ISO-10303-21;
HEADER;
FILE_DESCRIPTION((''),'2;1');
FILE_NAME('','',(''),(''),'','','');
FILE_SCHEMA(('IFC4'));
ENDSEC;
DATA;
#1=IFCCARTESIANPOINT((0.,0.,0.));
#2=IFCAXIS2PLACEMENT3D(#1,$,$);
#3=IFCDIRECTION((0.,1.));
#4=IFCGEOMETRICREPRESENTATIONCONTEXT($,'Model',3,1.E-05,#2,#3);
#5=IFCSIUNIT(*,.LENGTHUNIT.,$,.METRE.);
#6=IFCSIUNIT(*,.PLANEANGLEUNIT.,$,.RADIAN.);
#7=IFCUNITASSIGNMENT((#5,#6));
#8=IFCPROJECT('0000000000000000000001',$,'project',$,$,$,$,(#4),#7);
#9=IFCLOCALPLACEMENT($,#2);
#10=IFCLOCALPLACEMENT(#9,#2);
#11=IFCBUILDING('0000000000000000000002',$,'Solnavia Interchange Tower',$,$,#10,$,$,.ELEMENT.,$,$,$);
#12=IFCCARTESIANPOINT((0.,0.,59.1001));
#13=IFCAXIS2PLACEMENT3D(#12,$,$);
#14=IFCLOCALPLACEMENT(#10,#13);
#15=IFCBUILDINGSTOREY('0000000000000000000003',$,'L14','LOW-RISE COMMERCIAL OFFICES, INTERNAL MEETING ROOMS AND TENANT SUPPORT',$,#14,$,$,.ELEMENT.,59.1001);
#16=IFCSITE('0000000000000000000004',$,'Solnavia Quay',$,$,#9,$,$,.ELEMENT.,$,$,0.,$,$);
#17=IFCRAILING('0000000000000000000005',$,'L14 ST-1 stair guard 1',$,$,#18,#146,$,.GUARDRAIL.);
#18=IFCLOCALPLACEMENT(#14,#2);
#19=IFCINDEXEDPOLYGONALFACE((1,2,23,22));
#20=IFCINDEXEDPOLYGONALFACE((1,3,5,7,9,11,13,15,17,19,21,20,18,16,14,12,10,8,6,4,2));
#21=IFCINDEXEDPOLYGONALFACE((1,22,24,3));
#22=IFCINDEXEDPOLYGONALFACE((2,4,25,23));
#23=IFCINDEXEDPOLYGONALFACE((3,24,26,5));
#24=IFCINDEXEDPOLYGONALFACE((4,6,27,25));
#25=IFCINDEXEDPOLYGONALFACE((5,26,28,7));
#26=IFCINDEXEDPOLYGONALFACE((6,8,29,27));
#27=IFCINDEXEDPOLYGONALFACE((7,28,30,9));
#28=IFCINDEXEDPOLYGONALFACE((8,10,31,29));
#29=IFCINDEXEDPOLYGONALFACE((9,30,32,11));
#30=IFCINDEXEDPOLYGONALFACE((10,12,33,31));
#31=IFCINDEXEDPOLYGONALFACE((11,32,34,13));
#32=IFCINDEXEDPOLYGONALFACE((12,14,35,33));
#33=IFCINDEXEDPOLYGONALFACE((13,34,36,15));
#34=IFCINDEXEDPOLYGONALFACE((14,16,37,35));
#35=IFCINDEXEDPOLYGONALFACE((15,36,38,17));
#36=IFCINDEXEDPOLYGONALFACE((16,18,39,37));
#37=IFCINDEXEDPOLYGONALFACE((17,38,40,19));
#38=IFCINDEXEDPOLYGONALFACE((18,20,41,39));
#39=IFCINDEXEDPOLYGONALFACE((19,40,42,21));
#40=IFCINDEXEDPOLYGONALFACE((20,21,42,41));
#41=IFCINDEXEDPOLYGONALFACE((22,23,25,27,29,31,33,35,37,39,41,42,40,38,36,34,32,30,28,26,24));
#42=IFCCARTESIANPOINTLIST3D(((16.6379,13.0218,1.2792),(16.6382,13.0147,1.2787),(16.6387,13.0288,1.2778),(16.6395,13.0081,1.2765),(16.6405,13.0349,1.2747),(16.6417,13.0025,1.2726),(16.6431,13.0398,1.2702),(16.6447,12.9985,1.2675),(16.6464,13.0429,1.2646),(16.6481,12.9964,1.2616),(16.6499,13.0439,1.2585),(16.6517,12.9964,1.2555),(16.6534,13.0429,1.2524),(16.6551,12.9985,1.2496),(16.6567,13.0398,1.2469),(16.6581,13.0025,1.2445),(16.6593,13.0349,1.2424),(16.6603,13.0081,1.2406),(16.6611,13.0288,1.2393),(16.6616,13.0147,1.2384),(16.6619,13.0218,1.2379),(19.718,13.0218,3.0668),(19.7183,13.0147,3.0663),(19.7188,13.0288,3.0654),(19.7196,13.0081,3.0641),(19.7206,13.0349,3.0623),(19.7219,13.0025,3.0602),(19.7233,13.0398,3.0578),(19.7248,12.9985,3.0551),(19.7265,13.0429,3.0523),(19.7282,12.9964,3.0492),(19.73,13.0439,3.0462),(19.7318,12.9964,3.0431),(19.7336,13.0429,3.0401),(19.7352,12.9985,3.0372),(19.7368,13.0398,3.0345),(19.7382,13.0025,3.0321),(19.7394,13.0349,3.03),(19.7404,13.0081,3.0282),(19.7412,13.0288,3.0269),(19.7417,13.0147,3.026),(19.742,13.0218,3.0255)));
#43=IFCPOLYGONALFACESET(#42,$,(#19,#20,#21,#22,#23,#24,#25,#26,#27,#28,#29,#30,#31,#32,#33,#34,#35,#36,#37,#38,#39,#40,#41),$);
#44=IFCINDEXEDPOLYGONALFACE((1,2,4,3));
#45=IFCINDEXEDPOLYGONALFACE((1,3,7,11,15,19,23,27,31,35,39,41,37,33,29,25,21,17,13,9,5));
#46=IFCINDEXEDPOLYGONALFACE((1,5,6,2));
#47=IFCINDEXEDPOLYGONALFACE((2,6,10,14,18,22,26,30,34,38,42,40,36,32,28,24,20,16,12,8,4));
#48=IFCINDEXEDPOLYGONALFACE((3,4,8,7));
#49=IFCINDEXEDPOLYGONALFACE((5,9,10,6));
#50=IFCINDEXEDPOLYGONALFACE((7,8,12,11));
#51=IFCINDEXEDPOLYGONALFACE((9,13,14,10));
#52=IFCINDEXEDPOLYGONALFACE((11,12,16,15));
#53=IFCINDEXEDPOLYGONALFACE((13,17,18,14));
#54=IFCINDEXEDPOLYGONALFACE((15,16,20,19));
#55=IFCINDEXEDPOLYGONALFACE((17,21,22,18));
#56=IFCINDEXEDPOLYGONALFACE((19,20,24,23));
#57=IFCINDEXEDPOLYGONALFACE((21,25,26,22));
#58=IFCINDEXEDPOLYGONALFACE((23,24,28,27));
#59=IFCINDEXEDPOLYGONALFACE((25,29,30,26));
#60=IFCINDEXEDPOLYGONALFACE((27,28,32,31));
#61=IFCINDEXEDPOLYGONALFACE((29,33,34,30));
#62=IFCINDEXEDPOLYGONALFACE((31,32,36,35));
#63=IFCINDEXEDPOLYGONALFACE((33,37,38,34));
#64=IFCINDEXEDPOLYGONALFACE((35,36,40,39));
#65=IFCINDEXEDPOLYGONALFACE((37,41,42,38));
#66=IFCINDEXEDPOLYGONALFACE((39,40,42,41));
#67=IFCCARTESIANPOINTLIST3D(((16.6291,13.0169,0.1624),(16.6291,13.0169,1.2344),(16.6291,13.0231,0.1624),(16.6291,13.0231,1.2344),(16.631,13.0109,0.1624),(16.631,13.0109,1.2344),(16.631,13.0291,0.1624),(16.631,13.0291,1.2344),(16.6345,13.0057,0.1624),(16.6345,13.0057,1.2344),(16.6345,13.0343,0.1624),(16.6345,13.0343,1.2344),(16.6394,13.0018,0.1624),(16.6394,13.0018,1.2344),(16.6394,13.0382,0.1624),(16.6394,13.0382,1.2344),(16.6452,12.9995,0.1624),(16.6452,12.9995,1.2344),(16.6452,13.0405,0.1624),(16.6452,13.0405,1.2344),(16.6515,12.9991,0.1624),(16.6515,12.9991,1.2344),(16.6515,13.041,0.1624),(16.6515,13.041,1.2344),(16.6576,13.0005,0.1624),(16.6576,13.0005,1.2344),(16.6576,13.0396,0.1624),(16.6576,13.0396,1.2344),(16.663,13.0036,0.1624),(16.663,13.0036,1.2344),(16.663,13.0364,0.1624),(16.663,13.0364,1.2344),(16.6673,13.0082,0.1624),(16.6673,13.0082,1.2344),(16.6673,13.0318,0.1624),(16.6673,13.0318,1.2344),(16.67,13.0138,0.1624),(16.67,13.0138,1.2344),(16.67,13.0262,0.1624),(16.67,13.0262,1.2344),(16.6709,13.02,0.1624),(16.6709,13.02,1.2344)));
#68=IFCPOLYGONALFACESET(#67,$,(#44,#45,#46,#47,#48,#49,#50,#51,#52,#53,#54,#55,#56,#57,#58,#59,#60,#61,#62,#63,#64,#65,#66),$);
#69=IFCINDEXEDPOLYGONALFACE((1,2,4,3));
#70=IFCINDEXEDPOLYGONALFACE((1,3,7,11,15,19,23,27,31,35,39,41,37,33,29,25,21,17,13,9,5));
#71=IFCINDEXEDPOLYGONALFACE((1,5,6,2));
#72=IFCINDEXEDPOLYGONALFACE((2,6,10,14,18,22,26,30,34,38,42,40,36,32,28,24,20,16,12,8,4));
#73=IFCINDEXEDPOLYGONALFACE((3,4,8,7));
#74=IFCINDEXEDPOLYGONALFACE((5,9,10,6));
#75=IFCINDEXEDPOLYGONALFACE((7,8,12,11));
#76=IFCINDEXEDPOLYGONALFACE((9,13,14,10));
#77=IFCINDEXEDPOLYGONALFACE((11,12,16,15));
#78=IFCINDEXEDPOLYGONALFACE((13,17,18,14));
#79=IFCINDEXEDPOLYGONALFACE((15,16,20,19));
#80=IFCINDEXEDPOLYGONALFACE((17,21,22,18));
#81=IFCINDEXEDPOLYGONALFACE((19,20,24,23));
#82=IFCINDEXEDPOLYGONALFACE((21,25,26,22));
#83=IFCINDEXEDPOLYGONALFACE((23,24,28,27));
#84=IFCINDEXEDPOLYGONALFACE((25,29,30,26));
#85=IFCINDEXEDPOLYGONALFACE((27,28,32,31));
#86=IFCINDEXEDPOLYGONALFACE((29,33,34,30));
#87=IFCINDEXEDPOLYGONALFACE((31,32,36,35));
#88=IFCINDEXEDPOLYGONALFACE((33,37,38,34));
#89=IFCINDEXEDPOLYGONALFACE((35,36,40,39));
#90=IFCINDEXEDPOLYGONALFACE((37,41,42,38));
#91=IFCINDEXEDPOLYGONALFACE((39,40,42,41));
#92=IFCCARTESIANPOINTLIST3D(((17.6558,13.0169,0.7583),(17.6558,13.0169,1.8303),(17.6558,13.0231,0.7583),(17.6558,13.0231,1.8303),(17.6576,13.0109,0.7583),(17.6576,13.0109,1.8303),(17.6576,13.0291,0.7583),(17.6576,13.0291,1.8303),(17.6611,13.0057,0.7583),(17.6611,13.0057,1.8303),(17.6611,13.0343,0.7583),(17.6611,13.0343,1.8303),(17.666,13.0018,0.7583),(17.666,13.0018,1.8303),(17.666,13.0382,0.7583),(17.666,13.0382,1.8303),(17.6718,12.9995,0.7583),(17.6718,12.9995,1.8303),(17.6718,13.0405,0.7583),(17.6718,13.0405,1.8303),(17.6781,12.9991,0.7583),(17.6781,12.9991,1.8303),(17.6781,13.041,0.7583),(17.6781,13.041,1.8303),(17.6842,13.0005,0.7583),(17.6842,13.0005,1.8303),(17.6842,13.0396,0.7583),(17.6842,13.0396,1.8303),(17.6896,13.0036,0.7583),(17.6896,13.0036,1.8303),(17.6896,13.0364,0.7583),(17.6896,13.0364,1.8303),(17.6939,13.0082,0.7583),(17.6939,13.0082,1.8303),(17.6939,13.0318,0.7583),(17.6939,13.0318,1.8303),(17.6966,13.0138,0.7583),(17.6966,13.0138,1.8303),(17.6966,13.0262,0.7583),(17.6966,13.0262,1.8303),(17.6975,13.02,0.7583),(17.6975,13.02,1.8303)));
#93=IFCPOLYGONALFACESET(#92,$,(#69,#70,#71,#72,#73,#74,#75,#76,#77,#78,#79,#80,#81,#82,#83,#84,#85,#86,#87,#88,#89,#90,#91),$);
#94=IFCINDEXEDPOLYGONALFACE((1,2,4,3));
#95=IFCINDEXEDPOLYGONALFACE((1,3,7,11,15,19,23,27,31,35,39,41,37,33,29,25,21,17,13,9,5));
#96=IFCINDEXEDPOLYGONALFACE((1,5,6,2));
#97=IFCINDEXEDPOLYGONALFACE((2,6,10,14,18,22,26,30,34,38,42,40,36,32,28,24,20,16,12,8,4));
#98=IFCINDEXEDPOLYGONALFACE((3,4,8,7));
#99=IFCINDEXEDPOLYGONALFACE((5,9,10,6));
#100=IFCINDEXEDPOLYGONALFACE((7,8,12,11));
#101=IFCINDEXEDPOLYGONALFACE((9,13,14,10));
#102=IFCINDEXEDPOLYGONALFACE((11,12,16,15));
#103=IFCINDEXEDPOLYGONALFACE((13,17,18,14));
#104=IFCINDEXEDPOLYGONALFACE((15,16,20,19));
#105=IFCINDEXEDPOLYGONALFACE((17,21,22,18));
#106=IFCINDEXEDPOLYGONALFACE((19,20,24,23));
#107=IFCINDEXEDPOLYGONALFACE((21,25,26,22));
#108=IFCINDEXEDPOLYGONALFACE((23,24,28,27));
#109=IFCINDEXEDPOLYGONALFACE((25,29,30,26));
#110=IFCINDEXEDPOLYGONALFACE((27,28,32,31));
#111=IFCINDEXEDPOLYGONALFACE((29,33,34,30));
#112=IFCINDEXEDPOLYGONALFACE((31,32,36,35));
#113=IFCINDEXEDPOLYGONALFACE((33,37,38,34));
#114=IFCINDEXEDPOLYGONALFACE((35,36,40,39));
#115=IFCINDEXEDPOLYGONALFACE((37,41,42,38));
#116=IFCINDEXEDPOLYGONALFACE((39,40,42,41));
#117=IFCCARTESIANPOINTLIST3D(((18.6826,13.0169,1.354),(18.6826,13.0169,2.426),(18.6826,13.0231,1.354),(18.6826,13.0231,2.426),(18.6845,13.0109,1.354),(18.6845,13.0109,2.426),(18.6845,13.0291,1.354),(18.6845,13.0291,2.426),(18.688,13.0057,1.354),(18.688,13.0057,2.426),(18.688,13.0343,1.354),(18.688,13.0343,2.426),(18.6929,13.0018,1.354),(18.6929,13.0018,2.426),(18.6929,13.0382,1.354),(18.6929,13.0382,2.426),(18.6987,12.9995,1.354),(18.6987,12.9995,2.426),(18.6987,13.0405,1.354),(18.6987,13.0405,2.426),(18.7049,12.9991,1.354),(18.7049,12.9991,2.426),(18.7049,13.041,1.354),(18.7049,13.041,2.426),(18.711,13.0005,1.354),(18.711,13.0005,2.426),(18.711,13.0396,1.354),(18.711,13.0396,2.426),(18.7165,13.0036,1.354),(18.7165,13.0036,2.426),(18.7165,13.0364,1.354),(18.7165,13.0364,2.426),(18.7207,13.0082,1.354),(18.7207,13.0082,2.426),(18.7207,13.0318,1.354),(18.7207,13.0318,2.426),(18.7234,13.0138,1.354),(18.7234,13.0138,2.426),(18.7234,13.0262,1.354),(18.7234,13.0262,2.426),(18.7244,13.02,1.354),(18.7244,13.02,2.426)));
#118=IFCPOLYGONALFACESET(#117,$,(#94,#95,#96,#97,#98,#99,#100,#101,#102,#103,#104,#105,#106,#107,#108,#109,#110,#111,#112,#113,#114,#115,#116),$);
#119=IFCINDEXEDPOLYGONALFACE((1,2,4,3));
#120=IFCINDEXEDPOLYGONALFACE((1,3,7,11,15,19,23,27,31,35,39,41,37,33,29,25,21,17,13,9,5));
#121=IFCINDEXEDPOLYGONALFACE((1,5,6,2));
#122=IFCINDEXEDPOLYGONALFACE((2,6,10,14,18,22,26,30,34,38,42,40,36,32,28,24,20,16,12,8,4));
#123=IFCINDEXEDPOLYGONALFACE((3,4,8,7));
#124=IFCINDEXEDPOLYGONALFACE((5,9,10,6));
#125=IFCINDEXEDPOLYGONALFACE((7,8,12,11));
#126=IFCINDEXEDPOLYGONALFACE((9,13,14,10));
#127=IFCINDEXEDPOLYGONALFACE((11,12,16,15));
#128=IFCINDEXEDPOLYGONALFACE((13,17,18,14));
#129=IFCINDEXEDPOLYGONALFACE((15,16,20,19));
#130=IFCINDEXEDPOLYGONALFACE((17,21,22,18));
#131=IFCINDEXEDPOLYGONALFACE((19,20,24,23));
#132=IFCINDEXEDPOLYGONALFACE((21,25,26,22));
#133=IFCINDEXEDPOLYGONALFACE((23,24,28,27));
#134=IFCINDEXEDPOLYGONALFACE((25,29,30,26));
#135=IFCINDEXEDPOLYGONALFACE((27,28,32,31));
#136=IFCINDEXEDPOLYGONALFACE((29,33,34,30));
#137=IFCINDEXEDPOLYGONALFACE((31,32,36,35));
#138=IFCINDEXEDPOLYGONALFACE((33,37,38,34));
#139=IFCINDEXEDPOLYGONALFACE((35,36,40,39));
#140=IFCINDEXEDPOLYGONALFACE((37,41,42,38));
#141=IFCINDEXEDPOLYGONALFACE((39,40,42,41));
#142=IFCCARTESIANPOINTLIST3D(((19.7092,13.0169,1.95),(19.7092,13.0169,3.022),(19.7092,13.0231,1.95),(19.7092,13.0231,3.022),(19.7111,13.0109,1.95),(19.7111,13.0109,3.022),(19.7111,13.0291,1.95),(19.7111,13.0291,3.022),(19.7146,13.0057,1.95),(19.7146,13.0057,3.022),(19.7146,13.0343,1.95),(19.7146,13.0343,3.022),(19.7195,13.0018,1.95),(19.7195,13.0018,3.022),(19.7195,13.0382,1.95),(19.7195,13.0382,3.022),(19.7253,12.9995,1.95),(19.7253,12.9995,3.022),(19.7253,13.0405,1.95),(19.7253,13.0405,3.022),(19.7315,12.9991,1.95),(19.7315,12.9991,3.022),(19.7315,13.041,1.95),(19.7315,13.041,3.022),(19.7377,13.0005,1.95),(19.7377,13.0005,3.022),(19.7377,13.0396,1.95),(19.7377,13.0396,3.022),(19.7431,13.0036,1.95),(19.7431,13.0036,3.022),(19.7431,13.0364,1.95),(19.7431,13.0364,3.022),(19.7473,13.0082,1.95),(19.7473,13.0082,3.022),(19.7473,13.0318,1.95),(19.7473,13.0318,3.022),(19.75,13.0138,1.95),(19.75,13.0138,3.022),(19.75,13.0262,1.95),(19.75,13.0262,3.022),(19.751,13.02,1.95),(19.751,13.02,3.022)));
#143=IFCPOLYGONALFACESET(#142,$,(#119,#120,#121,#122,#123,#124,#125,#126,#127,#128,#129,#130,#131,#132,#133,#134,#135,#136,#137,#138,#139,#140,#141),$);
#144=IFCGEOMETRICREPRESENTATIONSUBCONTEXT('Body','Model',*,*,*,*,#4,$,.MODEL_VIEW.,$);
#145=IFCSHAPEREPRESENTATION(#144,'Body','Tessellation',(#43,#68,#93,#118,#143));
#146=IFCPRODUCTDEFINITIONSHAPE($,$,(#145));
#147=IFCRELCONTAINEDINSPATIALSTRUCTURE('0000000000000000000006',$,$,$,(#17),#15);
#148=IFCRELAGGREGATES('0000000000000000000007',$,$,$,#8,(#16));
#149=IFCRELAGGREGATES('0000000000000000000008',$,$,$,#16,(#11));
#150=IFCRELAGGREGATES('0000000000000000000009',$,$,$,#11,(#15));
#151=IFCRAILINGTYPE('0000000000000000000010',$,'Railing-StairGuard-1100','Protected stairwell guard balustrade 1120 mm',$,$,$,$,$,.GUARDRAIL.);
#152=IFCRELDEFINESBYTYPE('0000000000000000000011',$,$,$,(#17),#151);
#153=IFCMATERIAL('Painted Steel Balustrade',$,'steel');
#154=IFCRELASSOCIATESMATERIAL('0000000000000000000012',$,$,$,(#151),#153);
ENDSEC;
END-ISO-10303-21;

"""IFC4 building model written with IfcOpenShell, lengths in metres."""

from ifc_helpers import new_model, si_unit, direction, frame, origin, origin_2d, place, context, subcontext, project, spatial, circle, extrude, material, type_object, element, save


model = new_model("IFC4")

# Units and contexts
model_context = context("Model", 3, precision=1e-05, world=origin(), true_north=direction((0.0, 1.0)))
body_context = subcontext(model_context, "Body", "Model", "MODEL_VIEW")
ifc_project = project(units=[si_unit("LENGTHUNIT", "METRE"), si_unit("PLANEANGLEUNIT", "RADIAN")], contexts=[model_context])

# Site, building, storey
site_placement = place(None, origin())
site = spatial("IfcSite", under=ifc_project, at=site_placement, Name="Solnavia Quay", CompositionType="ELEMENT", RefElevation=0.0)
building_placement = place(site_placement, origin())
building = spatial("IfcBuilding", under=site, at=building_placement, Name="Solnavia Interchange Tower", CompositionType="ELEMENT")
storey_placement = place(building_placement, frame((0.0, 0.0, 59.1001)))
storey = spatial("IfcBuildingStorey", under=building, at=storey_placement, Name="L14", Description="LOW-RISE COMMERCIAL OFFICES, INTERNAL MEETING ROOMS AND TENANT SUPPORT", CompositionType="ELEMENT", Elevation=59.1001)

# Railing
ifc_material_1 = material(Name="Painted Steel Balustrade", Category="steel")
railing_type_1 = type_object("IfcRailingType", Name="Railing-StairGuard-1100", Description="Protected stairwell guard balustrade 1120 mm", PredefinedType="GUARDRAIL", material=ifc_material_1)
railing_1_placement = place(storey_placement, frame((16.6499, 13.02, 0.1624)))
element("IfcRailing", 1, at=railing_1_placement, inside=storey, type_object=railing_type_1, Name="L14 ST-1 stair guard 1", PredefinedType="GUARDRAIL", context=body_context, shape_type="SweptSolid", body=[
    extrude(circle(Radius=0.0239, at=origin_2d()), frame((0.0, 0.0, 1.0962), z_axis=(0.864891, 0.0, 0.50196), x_axis=(0.0, 1.0, 0.0)), (0.0, 0.0, 1.0), 3.5613),
    extrude(circle(Radius=0.021, at=origin_2d()), origin(), (0.0, 0.0, 1.0), 1.072),
    extrude(circle(Radius=0.021, at=origin_2d()), frame((1.0266, 0.0, 0.5959)), (0.0, 0.0, 1.0), 1.072),
    extrude(circle(Radius=0.021, at=origin_2d()), frame((2.0535, 0.0, 1.1917)), (0.0, 0.0, 1.0), 1.072),
    extrude(circle(Radius=0.021, at=origin_2d()), frame((3.0801, 0.0, 1.7876)), (0.0, 0.0, 1.0), 1.072),
])

save(model, "model.ifc")
